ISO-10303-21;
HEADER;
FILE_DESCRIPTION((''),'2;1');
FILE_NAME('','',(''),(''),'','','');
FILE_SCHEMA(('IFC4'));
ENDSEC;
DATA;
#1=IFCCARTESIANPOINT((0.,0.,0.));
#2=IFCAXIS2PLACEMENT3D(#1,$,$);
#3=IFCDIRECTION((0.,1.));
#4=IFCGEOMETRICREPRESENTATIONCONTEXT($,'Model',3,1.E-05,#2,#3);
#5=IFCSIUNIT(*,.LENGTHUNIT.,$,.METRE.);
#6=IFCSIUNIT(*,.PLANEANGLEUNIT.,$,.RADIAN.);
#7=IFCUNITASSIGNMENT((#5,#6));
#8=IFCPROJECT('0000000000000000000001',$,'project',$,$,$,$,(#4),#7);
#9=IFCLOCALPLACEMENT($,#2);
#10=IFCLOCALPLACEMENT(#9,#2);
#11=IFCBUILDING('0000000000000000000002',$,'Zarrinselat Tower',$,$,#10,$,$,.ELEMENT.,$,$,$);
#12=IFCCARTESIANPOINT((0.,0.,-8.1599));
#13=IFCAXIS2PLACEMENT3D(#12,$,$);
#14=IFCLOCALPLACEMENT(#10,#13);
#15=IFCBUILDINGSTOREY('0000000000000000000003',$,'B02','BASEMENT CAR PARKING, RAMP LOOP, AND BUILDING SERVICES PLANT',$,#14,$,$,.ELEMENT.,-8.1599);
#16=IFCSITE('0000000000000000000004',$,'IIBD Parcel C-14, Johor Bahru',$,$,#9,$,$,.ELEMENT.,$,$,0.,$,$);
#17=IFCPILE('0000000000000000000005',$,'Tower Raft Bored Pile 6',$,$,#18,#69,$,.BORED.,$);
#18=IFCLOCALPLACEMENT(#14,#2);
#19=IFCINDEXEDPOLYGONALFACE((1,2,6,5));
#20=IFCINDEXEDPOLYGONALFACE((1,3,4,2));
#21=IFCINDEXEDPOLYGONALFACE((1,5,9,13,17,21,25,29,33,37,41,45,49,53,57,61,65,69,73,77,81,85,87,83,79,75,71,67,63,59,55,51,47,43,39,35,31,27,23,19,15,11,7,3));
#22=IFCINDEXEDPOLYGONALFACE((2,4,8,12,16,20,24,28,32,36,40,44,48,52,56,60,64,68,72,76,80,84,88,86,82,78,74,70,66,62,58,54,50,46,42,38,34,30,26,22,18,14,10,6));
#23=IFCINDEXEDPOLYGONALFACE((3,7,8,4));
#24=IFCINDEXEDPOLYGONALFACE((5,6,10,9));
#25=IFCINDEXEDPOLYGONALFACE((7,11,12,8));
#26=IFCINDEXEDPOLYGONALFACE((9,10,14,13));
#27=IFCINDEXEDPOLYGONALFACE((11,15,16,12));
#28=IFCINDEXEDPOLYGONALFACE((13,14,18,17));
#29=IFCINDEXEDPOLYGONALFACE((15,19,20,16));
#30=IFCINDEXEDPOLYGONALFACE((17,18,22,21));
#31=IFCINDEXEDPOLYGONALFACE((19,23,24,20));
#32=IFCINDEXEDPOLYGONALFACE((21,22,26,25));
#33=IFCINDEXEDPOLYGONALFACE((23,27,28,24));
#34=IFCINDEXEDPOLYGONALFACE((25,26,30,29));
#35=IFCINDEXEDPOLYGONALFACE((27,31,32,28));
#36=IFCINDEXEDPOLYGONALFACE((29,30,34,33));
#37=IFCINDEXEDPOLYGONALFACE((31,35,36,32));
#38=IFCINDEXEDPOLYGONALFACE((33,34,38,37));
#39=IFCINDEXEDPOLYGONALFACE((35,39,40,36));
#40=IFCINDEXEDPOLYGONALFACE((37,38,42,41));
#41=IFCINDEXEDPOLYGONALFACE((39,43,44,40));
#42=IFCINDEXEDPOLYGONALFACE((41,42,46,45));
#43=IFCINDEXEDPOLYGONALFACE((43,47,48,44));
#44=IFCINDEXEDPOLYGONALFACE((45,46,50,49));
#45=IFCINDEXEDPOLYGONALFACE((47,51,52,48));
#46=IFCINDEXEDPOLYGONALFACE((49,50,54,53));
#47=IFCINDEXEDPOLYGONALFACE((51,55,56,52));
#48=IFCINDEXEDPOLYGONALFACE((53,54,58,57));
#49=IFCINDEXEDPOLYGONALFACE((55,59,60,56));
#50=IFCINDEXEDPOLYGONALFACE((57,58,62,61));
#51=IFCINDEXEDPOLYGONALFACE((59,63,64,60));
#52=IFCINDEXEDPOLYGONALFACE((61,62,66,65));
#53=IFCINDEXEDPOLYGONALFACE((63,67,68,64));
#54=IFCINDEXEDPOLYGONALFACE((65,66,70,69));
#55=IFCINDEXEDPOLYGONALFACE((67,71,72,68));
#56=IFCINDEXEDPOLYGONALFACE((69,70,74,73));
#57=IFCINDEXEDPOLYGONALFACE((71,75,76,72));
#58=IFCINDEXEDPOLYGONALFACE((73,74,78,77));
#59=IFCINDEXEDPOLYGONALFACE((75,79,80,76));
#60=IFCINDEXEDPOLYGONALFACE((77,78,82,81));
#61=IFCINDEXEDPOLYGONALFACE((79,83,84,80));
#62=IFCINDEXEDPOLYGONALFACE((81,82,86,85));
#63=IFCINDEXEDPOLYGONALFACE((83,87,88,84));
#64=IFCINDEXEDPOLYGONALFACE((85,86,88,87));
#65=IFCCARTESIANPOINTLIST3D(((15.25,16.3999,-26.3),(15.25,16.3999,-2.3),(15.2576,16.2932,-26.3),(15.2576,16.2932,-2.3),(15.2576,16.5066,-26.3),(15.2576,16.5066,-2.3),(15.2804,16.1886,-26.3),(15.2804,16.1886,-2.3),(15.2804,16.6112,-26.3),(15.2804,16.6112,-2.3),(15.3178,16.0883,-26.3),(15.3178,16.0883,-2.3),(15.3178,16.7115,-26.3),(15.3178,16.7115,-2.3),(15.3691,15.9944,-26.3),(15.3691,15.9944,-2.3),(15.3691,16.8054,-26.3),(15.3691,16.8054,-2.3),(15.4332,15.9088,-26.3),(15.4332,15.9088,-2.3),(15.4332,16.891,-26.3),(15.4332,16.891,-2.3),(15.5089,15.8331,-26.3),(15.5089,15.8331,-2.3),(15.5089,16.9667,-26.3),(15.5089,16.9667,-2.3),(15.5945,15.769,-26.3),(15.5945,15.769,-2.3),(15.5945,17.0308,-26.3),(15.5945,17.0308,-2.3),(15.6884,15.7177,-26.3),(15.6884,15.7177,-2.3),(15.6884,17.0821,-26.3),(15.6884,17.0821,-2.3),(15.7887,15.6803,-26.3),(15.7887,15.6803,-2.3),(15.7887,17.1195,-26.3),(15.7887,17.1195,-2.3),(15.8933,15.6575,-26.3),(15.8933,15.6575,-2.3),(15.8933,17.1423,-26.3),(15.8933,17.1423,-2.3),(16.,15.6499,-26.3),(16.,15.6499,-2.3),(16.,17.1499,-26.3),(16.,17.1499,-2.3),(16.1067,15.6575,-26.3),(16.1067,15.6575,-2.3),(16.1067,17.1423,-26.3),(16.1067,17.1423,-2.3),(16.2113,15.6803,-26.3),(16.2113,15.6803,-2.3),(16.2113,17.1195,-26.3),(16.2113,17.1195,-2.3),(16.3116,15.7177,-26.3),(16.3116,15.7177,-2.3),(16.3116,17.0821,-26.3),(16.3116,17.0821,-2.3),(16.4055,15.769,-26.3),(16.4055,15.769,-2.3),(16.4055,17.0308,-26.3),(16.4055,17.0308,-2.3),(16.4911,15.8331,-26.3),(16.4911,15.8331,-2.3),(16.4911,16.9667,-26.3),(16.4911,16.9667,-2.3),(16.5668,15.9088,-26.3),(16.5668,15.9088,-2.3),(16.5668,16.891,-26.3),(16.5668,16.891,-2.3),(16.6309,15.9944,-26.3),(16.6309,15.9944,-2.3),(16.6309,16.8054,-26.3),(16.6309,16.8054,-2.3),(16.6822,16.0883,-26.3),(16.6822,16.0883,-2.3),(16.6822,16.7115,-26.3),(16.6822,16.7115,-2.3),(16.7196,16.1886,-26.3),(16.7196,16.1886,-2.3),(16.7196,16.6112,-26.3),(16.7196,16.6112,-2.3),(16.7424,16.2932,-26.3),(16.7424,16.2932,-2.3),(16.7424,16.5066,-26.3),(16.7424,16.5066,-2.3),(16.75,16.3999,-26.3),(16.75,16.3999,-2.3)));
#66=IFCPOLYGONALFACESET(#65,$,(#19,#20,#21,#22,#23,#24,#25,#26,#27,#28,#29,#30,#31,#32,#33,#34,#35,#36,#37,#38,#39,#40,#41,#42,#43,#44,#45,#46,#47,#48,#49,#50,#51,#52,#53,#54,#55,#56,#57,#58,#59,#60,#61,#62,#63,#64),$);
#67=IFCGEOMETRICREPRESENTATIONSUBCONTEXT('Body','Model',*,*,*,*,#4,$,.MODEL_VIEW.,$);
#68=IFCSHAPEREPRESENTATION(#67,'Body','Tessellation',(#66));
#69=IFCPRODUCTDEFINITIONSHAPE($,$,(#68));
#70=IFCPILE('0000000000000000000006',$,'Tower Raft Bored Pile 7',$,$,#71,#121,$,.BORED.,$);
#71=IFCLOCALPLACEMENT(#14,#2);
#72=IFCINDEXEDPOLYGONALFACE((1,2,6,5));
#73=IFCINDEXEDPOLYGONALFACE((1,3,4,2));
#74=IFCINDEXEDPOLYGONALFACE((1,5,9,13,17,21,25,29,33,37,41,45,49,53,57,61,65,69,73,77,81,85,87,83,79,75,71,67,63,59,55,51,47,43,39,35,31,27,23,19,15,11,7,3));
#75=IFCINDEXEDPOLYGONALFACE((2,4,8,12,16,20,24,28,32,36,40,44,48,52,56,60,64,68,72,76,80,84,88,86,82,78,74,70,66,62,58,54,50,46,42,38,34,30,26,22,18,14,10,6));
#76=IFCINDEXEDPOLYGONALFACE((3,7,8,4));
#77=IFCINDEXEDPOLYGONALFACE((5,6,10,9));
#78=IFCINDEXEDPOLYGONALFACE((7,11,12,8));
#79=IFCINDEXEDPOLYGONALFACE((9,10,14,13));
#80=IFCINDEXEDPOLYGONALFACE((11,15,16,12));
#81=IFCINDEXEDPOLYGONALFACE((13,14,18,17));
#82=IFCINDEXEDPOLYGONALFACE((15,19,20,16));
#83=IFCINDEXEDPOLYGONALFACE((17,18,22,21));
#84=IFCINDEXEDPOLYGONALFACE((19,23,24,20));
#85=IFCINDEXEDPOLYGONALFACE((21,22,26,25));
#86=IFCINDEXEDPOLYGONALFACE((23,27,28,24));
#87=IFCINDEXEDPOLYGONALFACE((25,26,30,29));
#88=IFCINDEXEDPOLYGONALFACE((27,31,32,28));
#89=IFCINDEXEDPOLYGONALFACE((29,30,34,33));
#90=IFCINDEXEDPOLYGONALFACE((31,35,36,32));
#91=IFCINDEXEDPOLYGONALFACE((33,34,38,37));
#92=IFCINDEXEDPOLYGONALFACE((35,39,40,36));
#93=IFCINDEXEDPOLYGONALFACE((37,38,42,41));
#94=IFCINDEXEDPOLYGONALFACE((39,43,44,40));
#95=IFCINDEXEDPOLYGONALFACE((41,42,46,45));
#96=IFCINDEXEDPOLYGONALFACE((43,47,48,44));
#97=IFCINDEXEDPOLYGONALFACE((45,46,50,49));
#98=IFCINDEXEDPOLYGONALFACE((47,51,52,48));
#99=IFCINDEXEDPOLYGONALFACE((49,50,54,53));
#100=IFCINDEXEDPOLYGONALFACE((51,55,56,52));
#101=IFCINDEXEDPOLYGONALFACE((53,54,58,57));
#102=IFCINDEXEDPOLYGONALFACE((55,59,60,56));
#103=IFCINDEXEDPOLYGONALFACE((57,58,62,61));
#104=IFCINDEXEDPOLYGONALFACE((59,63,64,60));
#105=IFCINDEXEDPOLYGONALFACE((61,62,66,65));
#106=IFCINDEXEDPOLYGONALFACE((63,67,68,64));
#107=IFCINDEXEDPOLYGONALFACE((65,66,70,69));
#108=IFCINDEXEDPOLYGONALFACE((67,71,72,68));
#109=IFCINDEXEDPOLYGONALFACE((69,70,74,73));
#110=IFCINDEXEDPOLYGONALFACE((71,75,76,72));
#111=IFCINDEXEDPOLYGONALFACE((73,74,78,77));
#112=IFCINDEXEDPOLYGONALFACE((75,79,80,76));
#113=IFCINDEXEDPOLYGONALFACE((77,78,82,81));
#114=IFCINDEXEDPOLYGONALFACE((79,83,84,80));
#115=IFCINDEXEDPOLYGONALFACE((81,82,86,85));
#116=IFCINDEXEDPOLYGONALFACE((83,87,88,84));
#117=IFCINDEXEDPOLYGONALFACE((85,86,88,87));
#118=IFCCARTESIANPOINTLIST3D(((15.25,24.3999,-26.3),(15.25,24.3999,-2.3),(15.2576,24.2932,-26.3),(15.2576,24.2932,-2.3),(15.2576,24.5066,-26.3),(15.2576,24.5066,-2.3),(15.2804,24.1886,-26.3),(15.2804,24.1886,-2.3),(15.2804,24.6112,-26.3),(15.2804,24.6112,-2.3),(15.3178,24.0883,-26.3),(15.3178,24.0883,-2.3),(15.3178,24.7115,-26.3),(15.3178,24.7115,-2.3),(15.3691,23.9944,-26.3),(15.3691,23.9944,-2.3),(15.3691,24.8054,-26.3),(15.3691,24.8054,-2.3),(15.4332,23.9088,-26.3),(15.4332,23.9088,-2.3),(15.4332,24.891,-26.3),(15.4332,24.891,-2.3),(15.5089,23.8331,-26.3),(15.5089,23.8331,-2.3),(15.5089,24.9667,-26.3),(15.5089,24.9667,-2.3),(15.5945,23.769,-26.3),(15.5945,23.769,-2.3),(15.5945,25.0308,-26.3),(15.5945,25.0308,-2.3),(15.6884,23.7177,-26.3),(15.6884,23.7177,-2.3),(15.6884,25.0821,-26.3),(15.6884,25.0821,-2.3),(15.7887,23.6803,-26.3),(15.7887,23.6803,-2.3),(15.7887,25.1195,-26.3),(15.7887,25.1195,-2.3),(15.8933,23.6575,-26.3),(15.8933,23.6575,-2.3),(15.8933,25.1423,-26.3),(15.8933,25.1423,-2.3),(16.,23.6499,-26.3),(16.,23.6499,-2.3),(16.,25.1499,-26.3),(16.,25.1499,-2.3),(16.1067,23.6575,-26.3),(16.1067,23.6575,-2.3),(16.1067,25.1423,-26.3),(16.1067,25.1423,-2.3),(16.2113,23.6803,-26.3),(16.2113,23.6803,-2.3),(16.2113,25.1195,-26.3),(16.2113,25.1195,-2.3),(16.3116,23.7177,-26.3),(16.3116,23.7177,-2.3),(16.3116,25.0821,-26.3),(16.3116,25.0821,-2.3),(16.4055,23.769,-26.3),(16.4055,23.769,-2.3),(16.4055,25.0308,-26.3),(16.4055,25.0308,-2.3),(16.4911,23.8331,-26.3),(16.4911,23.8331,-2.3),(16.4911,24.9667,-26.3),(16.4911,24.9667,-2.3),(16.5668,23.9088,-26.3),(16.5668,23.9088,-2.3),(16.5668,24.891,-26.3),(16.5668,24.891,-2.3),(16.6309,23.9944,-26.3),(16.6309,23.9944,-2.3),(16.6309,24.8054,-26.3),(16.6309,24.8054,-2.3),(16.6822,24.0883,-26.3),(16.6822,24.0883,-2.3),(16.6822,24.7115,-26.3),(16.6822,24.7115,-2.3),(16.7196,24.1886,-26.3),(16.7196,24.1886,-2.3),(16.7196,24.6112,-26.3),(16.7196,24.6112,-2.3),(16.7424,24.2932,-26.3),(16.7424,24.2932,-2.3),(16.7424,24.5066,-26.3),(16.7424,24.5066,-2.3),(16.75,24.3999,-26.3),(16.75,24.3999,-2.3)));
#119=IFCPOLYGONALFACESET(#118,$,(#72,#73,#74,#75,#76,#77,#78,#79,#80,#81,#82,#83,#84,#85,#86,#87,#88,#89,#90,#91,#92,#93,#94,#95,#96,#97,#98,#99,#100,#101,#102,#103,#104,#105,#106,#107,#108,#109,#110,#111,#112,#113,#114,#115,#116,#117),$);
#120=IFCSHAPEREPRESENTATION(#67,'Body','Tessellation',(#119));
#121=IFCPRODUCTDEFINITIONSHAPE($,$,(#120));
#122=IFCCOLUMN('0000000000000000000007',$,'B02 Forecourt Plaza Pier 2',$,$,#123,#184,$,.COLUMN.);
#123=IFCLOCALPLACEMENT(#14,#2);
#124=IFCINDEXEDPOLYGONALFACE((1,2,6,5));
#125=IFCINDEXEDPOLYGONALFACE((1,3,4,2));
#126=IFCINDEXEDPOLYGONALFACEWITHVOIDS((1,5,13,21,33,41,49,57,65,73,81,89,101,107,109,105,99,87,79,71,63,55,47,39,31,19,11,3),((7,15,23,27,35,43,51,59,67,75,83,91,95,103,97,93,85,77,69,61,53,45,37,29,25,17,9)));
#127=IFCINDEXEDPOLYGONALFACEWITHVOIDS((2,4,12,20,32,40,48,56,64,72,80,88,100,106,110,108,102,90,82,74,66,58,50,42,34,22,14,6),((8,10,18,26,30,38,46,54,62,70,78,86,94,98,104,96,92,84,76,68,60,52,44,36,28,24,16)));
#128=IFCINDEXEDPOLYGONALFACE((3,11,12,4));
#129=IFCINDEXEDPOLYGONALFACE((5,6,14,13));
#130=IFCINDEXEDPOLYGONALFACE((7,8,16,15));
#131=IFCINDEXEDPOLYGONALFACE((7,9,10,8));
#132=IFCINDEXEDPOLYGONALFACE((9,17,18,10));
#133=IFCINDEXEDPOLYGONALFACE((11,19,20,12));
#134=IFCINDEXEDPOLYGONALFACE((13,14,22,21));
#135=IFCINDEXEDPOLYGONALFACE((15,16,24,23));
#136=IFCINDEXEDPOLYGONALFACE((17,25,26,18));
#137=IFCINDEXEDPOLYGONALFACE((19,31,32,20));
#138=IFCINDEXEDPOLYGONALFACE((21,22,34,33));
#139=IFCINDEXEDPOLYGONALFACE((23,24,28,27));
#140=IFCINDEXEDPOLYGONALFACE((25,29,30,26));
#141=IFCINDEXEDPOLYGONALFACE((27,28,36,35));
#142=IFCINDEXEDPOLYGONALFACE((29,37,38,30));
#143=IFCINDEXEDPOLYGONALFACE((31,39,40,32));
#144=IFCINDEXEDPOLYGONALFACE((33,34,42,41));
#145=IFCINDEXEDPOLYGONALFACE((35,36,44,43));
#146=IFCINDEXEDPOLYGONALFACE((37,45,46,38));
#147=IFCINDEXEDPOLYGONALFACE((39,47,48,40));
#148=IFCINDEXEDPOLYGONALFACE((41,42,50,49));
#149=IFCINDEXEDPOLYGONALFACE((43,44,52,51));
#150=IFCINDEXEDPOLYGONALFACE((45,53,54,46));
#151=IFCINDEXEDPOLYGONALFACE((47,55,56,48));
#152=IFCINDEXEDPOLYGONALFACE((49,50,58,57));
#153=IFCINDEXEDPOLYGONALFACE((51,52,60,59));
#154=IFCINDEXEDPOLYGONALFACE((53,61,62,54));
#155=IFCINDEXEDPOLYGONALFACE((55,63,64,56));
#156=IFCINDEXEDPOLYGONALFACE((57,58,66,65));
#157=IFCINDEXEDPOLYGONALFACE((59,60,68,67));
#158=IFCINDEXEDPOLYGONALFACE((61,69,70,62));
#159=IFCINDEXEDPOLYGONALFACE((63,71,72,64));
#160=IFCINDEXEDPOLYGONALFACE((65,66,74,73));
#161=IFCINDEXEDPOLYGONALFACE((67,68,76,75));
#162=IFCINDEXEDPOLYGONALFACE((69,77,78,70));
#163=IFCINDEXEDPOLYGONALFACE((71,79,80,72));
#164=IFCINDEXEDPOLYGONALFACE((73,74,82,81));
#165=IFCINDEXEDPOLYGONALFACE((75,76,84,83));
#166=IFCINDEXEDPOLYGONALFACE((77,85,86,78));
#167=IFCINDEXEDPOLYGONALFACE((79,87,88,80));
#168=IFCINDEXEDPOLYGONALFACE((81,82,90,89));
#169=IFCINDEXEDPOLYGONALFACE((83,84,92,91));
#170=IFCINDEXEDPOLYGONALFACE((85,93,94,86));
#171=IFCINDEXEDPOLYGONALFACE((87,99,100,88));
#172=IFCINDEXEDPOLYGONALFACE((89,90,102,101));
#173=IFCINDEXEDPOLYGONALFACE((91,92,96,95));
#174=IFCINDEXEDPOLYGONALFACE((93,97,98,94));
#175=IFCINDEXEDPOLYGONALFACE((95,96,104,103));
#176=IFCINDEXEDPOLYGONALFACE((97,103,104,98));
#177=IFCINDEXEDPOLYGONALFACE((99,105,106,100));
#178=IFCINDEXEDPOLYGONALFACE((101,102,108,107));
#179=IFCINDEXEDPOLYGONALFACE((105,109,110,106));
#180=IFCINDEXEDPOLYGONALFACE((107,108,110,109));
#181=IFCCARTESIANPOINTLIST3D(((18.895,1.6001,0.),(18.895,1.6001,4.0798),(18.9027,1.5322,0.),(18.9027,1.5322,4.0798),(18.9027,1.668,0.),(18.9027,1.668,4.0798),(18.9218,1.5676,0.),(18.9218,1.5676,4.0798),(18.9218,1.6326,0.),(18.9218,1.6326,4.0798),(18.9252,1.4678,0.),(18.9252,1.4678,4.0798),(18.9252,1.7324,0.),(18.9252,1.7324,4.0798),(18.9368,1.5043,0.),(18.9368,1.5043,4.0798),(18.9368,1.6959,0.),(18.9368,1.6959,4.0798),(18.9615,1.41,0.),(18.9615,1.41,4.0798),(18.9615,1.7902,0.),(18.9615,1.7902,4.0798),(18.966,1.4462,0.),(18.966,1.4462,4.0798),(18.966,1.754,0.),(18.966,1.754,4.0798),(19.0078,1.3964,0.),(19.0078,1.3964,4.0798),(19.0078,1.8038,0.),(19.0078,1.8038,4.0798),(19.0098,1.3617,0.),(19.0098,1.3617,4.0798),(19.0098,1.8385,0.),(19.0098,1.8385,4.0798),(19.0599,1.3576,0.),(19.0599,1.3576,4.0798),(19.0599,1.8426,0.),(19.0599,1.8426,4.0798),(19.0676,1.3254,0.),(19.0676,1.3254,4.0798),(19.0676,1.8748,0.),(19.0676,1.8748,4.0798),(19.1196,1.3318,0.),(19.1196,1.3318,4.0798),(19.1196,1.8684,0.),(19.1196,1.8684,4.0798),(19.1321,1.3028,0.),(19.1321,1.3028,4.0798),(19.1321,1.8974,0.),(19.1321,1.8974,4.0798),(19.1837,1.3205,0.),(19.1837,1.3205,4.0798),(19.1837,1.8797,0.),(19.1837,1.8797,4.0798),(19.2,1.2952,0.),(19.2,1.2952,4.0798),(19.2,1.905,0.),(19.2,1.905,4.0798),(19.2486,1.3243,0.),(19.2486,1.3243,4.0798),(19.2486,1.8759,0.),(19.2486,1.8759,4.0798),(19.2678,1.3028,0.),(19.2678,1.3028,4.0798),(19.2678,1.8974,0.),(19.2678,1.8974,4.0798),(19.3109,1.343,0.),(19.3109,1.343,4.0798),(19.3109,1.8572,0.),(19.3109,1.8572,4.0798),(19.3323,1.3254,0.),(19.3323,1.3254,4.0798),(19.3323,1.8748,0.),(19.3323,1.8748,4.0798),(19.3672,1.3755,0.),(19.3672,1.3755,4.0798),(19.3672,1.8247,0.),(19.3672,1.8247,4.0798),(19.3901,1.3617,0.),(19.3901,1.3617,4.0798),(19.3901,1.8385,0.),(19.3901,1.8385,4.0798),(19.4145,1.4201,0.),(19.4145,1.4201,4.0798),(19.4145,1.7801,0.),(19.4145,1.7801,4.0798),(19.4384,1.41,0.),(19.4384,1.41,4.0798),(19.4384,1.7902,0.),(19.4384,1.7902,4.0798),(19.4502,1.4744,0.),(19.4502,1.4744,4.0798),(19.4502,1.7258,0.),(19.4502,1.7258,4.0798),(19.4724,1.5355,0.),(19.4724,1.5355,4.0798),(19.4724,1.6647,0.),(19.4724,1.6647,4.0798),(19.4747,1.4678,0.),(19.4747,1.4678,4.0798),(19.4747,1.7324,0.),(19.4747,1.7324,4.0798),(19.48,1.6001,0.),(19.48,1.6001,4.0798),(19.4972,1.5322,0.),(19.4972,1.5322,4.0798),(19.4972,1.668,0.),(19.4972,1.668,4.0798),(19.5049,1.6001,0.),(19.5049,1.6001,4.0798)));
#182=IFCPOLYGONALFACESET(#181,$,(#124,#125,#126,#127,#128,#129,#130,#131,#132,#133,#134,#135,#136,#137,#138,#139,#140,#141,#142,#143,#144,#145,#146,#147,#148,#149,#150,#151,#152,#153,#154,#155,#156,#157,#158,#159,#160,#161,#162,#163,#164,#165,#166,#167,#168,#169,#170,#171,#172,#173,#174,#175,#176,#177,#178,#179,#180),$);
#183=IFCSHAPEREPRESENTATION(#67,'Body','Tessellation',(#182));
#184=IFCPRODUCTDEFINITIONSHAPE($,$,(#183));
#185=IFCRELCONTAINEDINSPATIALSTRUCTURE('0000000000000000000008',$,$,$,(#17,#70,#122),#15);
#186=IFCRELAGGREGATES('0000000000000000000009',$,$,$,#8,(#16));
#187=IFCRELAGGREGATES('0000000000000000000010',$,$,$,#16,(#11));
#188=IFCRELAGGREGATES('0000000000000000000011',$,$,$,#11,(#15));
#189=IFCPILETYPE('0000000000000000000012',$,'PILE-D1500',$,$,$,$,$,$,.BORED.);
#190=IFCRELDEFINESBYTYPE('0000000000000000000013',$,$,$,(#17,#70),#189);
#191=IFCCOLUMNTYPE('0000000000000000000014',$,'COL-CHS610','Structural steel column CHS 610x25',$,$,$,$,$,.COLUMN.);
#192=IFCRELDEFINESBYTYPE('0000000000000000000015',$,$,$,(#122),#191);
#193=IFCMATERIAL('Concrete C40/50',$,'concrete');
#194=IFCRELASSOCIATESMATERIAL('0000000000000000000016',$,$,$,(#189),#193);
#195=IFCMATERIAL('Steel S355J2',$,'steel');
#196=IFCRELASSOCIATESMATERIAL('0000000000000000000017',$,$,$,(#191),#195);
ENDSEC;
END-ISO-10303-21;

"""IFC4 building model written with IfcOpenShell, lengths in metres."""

from ifc_helpers import new_model, si_unit, direction, frame, origin, origin_2d, place, context, subcontext, project, spatial, circle, hollow_circle, extrude, material, material_profile, profile_set, type_object, element, save


model = new_model("IFC4")

# Units and contexts
model_context = context("Model", 3, precision=1e-05, world=origin(), true_north=direction((0.0, 1.0)))
body_context = subcontext(model_context, "Body", "Model", "MODEL_VIEW")
ifc_project = project(units=[si_unit("LENGTHUNIT", "METRE"), si_unit("PLANEANGLEUNIT", "RADIAN")], contexts=[model_context])

# Site, building, storey
site_placement = place(None, origin())
site = spatial("IfcSite", under=ifc_project, at=site_placement, Name="IIBD Parcel C-14, Johor Bahru", CompositionType="ELEMENT", RefElevation=0.0)
building_placement = place(site_placement, origin())
building = spatial("IfcBuilding", under=site, at=building_placement, Name="Zarrinselat Tower", CompositionType="ELEMENT")
storey_placement = place(building_placement, frame((0.0, 0.0, -8.1599)))
storey = spatial("IfcBuildingStorey", under=building, at=storey_placement, Name="B02", Description="BASEMENT CAR PARKING, RAMP LOOP, AND BUILDING SERVICES PLANT", CompositionType="ELEMENT", Elevation=-8.1599)

# Piles
ifc_material_1 = material(Name="Concrete C40/50", Category="concrete")
ifc_material_profile_1 = material_profile(ifc_material_1, circle(Radius=0.75, at=origin_2d()), Name="BORED PILE D1500")
ifc_profile_set_1 = profile_set([ifc_material_profile_1], Name="Concrete C40/50")
pile_type = type_object("IfcPileType", Name="PILE-D1500", PredefinedType="BORED", material=ifc_profile_set_1)
for number, where, z_axis, x_axis, name in (
    (1, (16.0, 16.3999, -2.3), (0.0, 0.0, -1.0), (1.0, 0.0, 0.0), "Tower Raft Bored Pile 6"),
    (2, (16.0, 24.3999, -2.3), (0.0, 0.0, -1.0), (1.0, 0.0, 0.0), "Tower Raft Bored Pile 7"),
):
    element("IfcPile", number, at=place(storey_placement, frame(where, z_axis=z_axis, x_axis=x_axis)), inside=storey, type_object=pile_type, Name=name, PredefinedType="BORED", context=body_context, shape_type="SweptSolid", body=[
        extrude(circle(Radius=0.75, at=origin_2d()), origin(), (0.0, 0.0, 1.0), 24.0),
    ])

# Column
ifc_material_2 = material(Name="Steel S355J2", Category="steel")
ifc_material_profile_2 = material_profile(ifc_material_2, hollow_circle(Radius=0.3049, WallThickness=0.0249, at=origin_2d()), Name="CHS 610x25")
ifc_profile_set_2 = profile_set([ifc_material_profile_2], Name="Steel S355J2")
column_type = type_object("IfcColumnType", Name="COL-CHS610", Description="Structural steel column CHS 610x25", PredefinedType="COLUMN", material=ifc_profile_set_2)
column_1_placement = place(storey_placement, frame((19.2, 1.6001, 0.0), z_axis=(0.0, 0.0, 1.0), x_axis=(1.0, 0.0, 0.0)))
element("IfcColumn", 3, at=column_1_placement, inside=storey, type_object=column_type, Name="B02 Forecourt Plaza Pier 2", PredefinedType="COLUMN", context=body_context, shape_type="SweptSolid", body=[
    extrude(hollow_circle(Radius=0.3049, WallThickness=0.0249, at=origin_2d()), origin(), (0.0, 0.0, 1.0), 4.0798),
])

save(model, "model.ifc")
